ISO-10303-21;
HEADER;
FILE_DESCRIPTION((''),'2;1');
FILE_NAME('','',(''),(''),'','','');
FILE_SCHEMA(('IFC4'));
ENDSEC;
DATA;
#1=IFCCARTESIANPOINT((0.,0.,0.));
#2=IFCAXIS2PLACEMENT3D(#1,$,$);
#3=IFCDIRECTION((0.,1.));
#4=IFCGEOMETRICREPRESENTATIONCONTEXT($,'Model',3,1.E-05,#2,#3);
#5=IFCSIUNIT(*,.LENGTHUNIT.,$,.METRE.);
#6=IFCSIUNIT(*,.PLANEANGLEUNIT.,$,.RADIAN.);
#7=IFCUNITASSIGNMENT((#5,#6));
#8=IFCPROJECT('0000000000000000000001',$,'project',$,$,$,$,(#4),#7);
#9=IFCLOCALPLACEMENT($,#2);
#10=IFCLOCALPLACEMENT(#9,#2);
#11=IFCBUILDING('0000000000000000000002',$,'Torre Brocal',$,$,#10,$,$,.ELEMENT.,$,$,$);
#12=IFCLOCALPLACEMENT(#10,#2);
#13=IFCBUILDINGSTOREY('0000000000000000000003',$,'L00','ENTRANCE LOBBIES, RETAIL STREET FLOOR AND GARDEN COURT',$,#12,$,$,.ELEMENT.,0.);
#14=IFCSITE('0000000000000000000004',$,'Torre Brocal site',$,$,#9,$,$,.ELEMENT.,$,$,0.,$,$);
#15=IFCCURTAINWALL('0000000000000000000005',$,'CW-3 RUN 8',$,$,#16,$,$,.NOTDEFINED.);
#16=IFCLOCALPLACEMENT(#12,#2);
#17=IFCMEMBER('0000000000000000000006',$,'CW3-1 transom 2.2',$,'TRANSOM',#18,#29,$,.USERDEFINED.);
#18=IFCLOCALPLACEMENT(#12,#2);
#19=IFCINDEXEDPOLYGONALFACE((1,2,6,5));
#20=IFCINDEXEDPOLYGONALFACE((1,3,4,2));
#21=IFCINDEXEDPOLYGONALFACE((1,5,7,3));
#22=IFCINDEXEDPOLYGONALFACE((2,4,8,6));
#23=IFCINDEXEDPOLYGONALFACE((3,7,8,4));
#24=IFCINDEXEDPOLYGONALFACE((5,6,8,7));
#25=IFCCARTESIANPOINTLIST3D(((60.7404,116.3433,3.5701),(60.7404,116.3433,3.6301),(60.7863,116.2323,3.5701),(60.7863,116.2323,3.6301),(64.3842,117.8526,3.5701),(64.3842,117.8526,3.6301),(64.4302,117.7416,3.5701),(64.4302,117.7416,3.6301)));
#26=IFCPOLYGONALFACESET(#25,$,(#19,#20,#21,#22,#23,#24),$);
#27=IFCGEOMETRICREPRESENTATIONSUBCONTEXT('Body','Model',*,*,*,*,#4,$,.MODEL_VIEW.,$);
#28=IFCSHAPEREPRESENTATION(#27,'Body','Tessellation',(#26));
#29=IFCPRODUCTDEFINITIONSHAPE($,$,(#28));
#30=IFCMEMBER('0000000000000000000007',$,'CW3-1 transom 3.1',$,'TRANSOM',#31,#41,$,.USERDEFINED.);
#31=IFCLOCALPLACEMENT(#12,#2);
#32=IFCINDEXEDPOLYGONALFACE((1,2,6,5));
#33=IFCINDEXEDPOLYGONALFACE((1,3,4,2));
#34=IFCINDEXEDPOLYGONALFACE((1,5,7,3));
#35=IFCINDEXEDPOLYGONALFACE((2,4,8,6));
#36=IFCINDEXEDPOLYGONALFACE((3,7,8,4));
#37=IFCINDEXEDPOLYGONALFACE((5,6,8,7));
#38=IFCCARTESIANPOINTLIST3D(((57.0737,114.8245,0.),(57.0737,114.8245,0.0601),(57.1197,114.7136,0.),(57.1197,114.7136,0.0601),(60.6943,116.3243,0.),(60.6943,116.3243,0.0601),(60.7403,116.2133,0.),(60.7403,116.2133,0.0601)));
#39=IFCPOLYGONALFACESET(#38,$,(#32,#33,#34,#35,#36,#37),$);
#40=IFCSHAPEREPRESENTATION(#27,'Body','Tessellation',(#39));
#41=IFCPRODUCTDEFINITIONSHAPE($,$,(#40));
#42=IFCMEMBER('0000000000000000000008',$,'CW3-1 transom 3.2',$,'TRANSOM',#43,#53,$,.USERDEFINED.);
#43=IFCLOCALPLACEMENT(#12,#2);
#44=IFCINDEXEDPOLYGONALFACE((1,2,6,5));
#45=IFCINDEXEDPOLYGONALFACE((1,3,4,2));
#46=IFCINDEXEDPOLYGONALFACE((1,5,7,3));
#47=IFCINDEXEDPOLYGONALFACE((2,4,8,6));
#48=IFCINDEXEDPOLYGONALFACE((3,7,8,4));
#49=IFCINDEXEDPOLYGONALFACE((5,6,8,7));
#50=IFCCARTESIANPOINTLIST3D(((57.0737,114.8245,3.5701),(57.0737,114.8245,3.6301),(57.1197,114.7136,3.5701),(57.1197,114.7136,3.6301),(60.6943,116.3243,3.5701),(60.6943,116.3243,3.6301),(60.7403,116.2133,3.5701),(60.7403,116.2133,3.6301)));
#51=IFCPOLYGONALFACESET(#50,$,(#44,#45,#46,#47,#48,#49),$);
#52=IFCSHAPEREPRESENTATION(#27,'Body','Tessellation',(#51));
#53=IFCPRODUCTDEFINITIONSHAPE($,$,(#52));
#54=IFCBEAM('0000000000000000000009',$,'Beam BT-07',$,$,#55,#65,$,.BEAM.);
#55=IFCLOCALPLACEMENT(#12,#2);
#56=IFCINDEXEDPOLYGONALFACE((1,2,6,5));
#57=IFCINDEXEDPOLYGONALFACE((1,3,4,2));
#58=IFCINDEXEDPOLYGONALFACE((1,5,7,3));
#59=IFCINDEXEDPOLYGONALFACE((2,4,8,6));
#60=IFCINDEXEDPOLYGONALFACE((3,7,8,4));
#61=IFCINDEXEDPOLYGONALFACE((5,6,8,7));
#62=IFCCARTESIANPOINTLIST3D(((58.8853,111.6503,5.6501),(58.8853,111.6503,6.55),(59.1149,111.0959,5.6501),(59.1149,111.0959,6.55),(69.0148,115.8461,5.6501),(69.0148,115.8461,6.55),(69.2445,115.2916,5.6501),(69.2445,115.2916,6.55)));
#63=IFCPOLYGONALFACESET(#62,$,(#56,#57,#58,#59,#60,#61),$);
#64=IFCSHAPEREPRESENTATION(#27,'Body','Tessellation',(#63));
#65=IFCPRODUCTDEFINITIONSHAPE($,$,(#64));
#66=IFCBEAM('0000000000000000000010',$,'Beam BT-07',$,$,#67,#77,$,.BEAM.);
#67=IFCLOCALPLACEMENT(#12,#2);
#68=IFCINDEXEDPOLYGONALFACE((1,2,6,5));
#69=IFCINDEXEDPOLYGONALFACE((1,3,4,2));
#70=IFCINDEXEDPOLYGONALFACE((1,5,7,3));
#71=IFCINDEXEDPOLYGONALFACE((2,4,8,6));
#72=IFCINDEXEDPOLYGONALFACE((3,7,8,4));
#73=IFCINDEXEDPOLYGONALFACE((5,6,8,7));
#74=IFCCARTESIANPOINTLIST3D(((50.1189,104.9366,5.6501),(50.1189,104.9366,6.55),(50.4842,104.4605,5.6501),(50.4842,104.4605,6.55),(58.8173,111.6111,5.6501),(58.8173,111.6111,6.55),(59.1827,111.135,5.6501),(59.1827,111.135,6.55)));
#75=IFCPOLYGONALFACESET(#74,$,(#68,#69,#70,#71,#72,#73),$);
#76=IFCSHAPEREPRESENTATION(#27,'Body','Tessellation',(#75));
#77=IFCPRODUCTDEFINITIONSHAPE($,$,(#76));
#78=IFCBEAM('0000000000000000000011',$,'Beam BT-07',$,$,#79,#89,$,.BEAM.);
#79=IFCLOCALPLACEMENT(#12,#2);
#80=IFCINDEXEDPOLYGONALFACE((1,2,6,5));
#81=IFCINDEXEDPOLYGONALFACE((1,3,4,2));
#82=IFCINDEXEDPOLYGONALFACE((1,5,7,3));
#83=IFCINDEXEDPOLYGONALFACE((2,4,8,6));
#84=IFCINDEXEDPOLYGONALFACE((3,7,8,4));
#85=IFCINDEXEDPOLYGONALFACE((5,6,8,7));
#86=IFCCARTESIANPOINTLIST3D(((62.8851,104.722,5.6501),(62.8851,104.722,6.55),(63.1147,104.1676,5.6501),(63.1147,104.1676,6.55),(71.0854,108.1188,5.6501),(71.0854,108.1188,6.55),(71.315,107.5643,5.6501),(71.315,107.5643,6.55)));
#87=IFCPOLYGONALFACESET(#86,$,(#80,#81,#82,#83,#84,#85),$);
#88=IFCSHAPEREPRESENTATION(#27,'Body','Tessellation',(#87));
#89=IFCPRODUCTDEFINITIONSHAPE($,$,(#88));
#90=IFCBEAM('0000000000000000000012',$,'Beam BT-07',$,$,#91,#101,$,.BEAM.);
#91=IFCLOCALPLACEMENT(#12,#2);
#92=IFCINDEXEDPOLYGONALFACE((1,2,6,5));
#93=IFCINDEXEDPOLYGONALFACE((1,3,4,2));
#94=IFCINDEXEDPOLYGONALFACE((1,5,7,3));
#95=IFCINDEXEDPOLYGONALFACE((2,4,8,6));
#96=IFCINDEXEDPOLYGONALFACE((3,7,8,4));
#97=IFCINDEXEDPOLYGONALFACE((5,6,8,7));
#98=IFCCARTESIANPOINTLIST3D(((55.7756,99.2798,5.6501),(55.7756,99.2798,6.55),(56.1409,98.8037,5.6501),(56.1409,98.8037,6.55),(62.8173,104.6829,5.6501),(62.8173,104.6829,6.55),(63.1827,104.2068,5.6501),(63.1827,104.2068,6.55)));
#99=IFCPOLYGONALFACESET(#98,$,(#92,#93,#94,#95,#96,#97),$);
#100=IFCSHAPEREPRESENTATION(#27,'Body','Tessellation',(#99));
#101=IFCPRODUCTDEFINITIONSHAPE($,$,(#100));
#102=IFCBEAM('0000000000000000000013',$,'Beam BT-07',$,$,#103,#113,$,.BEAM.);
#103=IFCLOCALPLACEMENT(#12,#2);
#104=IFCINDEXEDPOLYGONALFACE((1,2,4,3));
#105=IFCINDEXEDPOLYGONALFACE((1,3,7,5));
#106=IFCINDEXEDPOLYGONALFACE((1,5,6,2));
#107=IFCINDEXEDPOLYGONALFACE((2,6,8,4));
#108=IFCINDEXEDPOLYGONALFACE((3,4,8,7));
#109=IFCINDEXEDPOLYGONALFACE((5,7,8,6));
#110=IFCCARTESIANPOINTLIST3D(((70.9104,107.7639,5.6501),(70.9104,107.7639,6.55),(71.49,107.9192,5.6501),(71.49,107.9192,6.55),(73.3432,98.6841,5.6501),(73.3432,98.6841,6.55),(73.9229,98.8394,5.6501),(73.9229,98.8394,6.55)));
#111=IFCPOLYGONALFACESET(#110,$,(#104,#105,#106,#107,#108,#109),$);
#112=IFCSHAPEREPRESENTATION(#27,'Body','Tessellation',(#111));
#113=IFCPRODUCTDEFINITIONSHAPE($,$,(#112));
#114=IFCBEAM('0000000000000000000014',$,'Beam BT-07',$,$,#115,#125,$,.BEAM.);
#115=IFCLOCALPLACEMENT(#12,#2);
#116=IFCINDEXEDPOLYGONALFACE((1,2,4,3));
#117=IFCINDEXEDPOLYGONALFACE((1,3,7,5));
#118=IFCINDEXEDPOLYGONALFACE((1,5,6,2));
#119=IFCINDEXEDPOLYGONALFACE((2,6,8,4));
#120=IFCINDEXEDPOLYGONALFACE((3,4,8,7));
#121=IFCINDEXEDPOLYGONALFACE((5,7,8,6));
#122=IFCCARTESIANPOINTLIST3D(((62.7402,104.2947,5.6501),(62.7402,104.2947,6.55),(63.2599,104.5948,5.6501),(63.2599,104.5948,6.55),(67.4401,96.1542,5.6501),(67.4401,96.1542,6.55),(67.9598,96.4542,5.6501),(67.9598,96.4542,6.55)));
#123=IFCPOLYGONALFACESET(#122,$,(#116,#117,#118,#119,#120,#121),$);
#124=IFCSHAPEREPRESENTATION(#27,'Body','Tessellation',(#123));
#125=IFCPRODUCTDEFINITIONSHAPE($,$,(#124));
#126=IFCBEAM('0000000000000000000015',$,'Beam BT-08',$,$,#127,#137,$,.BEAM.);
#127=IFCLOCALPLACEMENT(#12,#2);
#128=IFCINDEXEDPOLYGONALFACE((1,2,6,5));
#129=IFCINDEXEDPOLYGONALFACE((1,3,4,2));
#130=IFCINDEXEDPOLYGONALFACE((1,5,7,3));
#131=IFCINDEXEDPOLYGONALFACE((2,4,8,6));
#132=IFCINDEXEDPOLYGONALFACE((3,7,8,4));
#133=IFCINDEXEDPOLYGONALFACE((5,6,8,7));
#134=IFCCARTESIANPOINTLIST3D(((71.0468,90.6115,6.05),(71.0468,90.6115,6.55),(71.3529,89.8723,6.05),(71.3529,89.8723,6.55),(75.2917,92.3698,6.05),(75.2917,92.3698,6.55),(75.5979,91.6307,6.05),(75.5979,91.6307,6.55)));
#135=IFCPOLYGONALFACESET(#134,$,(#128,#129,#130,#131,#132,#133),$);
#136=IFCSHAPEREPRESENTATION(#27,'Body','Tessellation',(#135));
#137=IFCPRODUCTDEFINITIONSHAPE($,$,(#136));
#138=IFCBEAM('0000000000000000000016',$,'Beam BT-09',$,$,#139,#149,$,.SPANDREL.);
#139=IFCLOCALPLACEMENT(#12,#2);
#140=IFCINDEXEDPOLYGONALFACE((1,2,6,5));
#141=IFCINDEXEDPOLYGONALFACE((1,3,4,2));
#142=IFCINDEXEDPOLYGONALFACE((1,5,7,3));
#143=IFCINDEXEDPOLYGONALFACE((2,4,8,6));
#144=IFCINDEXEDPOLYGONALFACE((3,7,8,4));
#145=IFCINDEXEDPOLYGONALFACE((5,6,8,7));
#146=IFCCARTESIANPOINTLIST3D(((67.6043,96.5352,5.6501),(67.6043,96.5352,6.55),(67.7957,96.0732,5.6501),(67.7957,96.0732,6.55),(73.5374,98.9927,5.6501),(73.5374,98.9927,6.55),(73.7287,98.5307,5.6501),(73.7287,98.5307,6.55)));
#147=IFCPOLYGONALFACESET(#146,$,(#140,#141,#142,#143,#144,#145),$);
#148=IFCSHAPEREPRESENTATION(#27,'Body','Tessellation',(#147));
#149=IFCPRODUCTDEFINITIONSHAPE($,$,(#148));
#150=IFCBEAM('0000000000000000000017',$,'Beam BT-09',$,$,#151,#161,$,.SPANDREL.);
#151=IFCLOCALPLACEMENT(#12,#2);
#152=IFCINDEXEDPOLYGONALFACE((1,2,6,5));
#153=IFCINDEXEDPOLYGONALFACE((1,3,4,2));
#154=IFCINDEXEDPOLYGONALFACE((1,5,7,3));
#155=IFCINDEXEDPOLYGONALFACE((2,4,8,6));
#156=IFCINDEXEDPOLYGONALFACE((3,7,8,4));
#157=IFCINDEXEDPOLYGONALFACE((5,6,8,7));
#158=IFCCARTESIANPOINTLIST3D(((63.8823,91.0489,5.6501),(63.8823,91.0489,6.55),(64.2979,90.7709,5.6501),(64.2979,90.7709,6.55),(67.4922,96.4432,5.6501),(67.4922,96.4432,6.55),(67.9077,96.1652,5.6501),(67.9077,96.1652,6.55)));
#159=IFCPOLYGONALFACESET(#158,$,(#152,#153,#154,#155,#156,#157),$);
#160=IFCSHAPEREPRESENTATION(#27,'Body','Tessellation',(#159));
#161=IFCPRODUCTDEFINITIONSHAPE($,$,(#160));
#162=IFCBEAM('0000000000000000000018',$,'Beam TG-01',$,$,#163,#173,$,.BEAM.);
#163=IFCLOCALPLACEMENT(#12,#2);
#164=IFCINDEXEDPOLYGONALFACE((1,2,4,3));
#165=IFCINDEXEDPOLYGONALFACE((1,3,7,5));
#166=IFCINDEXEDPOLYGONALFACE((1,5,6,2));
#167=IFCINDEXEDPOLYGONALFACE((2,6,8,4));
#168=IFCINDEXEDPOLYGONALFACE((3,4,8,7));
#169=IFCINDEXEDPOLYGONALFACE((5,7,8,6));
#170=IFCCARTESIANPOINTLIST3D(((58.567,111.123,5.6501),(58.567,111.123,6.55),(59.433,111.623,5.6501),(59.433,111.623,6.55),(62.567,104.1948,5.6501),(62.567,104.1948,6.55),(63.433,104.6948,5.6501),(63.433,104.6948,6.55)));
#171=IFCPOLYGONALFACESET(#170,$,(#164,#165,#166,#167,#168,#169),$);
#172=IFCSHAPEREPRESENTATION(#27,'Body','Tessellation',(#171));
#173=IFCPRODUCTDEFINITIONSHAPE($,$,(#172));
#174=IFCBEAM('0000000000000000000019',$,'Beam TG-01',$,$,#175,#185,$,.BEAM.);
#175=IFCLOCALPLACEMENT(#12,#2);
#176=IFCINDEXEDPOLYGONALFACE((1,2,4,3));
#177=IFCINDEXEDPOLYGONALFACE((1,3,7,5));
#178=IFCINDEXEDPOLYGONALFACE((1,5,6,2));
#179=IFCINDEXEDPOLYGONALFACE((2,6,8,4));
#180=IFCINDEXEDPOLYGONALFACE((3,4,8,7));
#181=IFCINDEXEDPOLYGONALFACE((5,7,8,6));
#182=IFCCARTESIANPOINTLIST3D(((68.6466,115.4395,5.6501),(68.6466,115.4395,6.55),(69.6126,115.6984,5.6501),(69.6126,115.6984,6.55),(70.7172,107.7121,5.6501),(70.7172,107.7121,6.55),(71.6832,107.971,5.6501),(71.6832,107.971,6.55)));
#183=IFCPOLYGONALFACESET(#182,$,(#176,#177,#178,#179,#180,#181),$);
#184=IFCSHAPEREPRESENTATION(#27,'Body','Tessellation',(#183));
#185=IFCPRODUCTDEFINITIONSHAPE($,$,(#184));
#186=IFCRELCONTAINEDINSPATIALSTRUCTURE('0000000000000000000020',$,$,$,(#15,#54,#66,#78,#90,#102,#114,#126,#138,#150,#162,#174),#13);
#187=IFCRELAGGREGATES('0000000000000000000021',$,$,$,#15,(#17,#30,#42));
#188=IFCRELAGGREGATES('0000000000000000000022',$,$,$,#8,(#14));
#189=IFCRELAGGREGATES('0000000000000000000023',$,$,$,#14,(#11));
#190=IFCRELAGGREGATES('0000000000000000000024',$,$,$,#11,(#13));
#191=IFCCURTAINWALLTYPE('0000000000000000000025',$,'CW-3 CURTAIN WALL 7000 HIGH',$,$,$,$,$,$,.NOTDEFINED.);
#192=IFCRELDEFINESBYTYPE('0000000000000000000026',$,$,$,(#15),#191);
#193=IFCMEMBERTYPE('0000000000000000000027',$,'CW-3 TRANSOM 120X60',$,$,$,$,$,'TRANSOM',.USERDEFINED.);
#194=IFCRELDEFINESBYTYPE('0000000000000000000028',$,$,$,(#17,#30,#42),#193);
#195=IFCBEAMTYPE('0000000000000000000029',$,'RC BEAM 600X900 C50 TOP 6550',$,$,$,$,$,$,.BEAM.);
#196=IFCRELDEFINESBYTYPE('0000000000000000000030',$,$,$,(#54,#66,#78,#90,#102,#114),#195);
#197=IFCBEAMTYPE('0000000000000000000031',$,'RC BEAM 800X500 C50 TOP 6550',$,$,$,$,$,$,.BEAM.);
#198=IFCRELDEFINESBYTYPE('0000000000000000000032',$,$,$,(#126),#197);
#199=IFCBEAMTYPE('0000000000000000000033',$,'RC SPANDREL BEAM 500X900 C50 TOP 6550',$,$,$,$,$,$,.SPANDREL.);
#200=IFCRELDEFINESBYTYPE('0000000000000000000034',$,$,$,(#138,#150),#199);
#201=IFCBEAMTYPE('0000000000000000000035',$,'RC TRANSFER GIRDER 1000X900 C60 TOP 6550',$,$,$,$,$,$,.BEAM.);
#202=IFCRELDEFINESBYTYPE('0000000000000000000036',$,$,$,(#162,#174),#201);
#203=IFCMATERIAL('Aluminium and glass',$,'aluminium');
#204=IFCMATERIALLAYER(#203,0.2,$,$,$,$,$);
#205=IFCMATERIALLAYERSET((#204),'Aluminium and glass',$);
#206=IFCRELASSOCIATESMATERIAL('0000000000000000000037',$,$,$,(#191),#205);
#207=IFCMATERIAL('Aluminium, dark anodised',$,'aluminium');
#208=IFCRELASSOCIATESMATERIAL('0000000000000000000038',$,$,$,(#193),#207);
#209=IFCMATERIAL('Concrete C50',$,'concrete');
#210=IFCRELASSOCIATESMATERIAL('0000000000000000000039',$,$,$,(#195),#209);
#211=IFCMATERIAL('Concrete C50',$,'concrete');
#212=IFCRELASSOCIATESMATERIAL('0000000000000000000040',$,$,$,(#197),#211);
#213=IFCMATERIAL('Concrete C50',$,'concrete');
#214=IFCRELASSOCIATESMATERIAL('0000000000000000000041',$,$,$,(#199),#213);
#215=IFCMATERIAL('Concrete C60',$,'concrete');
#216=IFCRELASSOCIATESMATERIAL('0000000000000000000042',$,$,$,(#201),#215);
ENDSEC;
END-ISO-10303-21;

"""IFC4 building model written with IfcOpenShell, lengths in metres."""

from ifc_helpers import new_model, si_unit, direction, frame, origin, origin_2d, place, context, subcontext, project, spatial, rectangle, extrude, material, layer, layer_set, material_profile, profile_set, type_object, element, aggregate, save


model = new_model("IFC4")

# Units and contexts
model_context = context("Model", 3, precision=1e-05, world=origin(), true_north=direction((0.0, 1.0)))
body_context = subcontext(model_context, "Body", "Model", "MODEL_VIEW")
ifc_project = project(units=[si_unit("LENGTHUNIT", "METRE"), si_unit("PLANEANGLEUNIT", "RADIAN")], contexts=[model_context])

# Site, building, storey
site_placement = place(None, origin())
site = spatial("IfcSite", under=ifc_project, at=site_placement, Name="Torre Brocal site", CompositionType="ELEMENT", RefElevation=0.0)
building_placement = place(site_placement, origin())
building = spatial("IfcBuilding", under=site, at=building_placement, Name="Torre Brocal", CompositionType="ELEMENT")
storey_placement = place(building_placement, origin())
storey = spatial("IfcBuildingStorey", under=building, at=storey_placement, Name="L00", Description="ENTRANCE LOBBIES, RETAIL STREET FLOOR AND GARDEN COURT", CompositionType="ELEMENT", Elevation=0.0)

# Curtain wall
ifc_material_1 = material(Name="Aluminium and glass", Category="aluminium")
ifc_layer_1 = layer(ifc_material_1, 0.2)
ifc_layer_set_1 = layer_set([ifc_layer_1], Name="Aluminium and glass")
curtain_wall_type = type_object("IfcCurtainWallType", Name="CW-3 CURTAIN WALL 7000 HIGH", PredefinedType="NOTDEFINED", material=ifc_layer_set_1)
curtain_wall_1_placement = place(storey_placement, origin())
curtain_wall_1 = element("IfcCurtainWall", 1, at=curtain_wall_1_placement, inside=storey, type_object=curtain_wall_type, Name="CW-3 RUN 8", PredefinedType="NOTDEFINED")

# Members
ifc_material_2 = material(Name="Aluminium, dark anodised", Category="aluminium")
ifc_material_profile_1 = material_profile(ifc_material_2, rectangle(XDim=0.1201, YDim=0.0601, at=origin_2d()), Name="CW-3 TRANSOM 120X60")
ifc_profile_set_1 = profile_set([ifc_material_profile_1], Name="Aluminium, dark anodised")
member_type_1 = type_object("IfcMemberType", Name="CW-3 TRANSOM 120X60", ElementType="TRANSOM", PredefinedType="USERDEFINED", material=ifc_profile_set_1)
member_1_placement = place(storey_placement, frame((64.4072, 117.7971, 3.6001), z_axis=(-0.923883, -0.382676, 0.0), x_axis=(0.382676, -0.923883, 0.0)))
member_1 = element("IfcMember", 2, at=member_1_placement, type_object=member_type_1, Name="CW3-1 transom 2.2", ObjectType="TRANSOM", PredefinedType="USERDEFINED", context=body_context, shape_type="SweptSolid", body=[
    extrude(rectangle(XDim=0.1201, YDim=0.0601, at=origin_2d()), origin(), (0.0, 0.0, 1.0), 3.9441),
])
member_2_placement = place(storey_placement, frame((60.7173, 116.2688, 0.03), z_axis=(-0.923875, -0.382695, 0.0), x_axis=(0.382695, -0.923875, 0.0)))
member_2 = element("IfcMember", 3, at=member_2_placement, type_object=member_type_1, Name="CW3-1 transom 3.1", ObjectType="TRANSOM", PredefinedType="USERDEFINED", context=body_context, shape_type="SweptSolid", body=[
    extrude(rectangle(XDim=0.1201, YDim=0.0601, at=origin_2d()), origin(), (0.0, 0.0, 1.0), 3.9189),
])
member_3_placement = place(storey_placement, frame((60.7173, 116.2688, 3.6001), z_axis=(-0.923875, -0.382695, 0.0), x_axis=(0.382695, -0.923875, 0.0)))
member_3 = element("IfcMember", 4, at=member_3_placement, type_object=member_type_1, Name="CW3-1 transom 3.2", ObjectType="TRANSOM", PredefinedType="USERDEFINED", context=body_context, shape_type="SweptSolid", body=[
    extrude(rectangle(XDim=0.1201, YDim=0.0601, at=origin_2d()), origin(), (0.0, 0.0, 1.0), 3.9189),
])

# Beams
ifc_material_3 = material(Name="Concrete C50", Category="concrete")
ifc_material_profile_2 = material_profile(ifc_material_3, rectangle(XDim=0.6001, YDim=0.8999, at=origin_2d()), Name="RC 600X900")
ifc_profile_set_2 = profile_set([ifc_material_profile_2], Name="Concrete C50")
beam_type_1 = type_object("IfcBeamType", Name="RC BEAM 600X900 C50 TOP 6550", PredefinedType="BEAM", material=ifc_profile_set_2)
for number, where, z_axis, x_axis, name in (
    (5, (69.1296, 115.5688, 6.1001), (-0.923881, -0.382681, 0.0), (0.382681, -0.923881, 0.0), "Beam BT-07"),
    (6, (59.0, 111.373, 6.1001), (-0.793354, -0.60876, 0.0), (0.60876, -0.793354, 0.0), "Beam BT-07"),
):
    element("IfcBeam", number, at=place(storey_placement, frame(where, z_axis=z_axis, x_axis=x_axis)), inside=storey, type_object=beam_type_1, Name=name, PredefinedType="BEAM", context=body_context, shape_type="SweptSolid", body=[
        extrude(rectangle(XDim=0.6001, YDim=0.8999, at=origin_2d()), origin(), (0.0, 0.0, 1.0), 10.9641),
    ])
beam_1_placement = place(storey_placement, frame((71.2002, 107.8416, 6.1001), z_axis=(-0.923876, -0.382693, 0.0), x_axis=(0.382693, -0.923876, 0.0)))
element("IfcBeam", 7, at=beam_1_placement, inside=storey, type_object=beam_type_1, Name="Beam BT-07", PredefinedType="BEAM", context=body_context, shape_type="SweptSolid", body=[
    extrude(rectangle(XDim=0.6001, YDim=0.8999, at=origin_2d()), origin(), (0.0, 0.0, 1.0), 8.876),
])
beam_2_placement = place(storey_placement, frame((63.0, 104.4448, 6.1001), z_axis=(-0.793367, -0.608744, 0.0), x_axis=(0.608744, -0.793367, 0.0)))
element("IfcBeam", 8, at=beam_2_placement, inside=storey, type_object=beam_type_1, Name="Beam BT-07", PredefinedType="BEAM", context=body_context, shape_type="SweptSolid", body=[
    extrude(rectangle(XDim=0.6001, YDim=0.8999, at=origin_2d()), origin(), (0.0, 0.0, 1.0), 8.8757),
])
beam_3_placement = place(storey_placement, frame((73.6331, 98.7617, 6.1001), z_axis=(-0.258812, 0.965928, 0.0), x_axis=(-0.965928, -0.258812, 0.0)))
element("IfcBeam", 9, at=beam_3_placement, inside=storey, type_object=beam_type_1, Name="Beam BT-07", PredefinedType="BEAM", context=body_context, shape_type="SweptSolid", body=[
    extrude(rectangle(XDim=0.6001, YDim=0.8999, at=origin_2d()), origin(), (0.0, 0.0, 1.0), 9.4001),
])
beam_4_placement = place(storey_placement, frame((67.7, 96.3042, 6.1001), z_axis=(-0.499997, 0.866027, 0.0), x_axis=(-0.866027, -0.499997, 0.0)))
element("IfcBeam", 10, at=beam_4_placement, inside=storey, type_object=beam_type_1, Name="Beam BT-07", PredefinedType="BEAM", context=body_context, shape_type="SweptSolid", body=[
    extrude(rectangle(XDim=0.6001, YDim=0.8999, at=origin_2d()), origin(), (0.0, 0.0, 1.0), 9.3999),
])
ifc_material_4 = material(Name="Concrete C50", Category="concrete")
ifc_material_profile_3 = material_profile(ifc_material_4, rectangle(XDim=0.8, YDim=0.5, at=origin_2d()), Name="RC 800X500")
ifc_profile_set_3 = profile_set([ifc_material_profile_3], Name="Concrete C50")
beam_type_2 = type_object("IfcBeamType", Name="RC BEAM 800X500 C50 TOP 6550", PredefinedType="BEAM", material=ifc_profile_set_3)
beam_5_placement = place(storey_placement, frame((75.4448, 92.0002, 6.3), z_axis=(-0.923878, -0.382687, 0.0), x_axis=(0.382687, -0.923878, 0.0)))
element("IfcBeam", 11, at=beam_5_placement, inside=storey, type_object=beam_type_2, Name="Beam BT-08", PredefinedType="BEAM", context=body_context, shape_type="SweptSolid", body=[
    extrude(rectangle(XDim=0.8, YDim=0.5, at=origin_2d()), origin(), (0.0, 0.0, 1.0), 4.5947),
])
ifc_material_5 = material(Name="Concrete C50", Category="concrete")
ifc_material_profile_4 = material_profile(ifc_material_5, rectangle(XDim=0.5, YDim=0.8999, at=origin_2d()), Name="RC 500X900")
ifc_profile_set_4 = profile_set([ifc_material_profile_4], Name="Concrete C50")
beam_type_3 = type_object("IfcBeamType", Name="RC SPANDREL BEAM 500X900 C50 TOP 6550", PredefinedType="SPANDREL", material=ifc_profile_set_4)
beam_6_placement = place(storey_placement, frame((73.6331, 98.7617, 6.1001), z_axis=(-0.923882, -0.382676, 0.0), x_axis=(0.382676, -0.923882, 0.0)))
element("IfcBeam", 12, at=beam_6_placement, inside=storey, type_object=beam_type_3, Name="Beam BT-09", PredefinedType="SPANDREL", context=body_context, shape_type="SweptSolid", body=[
    extrude(rectangle(XDim=0.5, YDim=0.8999, at=origin_2d()), origin(), (0.0, 0.0, 1.0), 6.4219),
])
beam_7_placement = place(storey_placement, frame((67.7, 96.3042, 6.1001), z_axis=(-0.556158, -0.831077, 0.0), x_axis=(0.831077, -0.556158, 0.0)))
element("IfcBeam", 13, at=beam_7_placement, inside=storey, type_object=beam_type_3, Name="Beam BT-09", PredefinedType="SPANDREL", context=body_context, shape_type="SweptSolid", body=[
    extrude(rectangle(XDim=0.5, YDim=0.8999, at=origin_2d()), origin(), (0.0, 0.0, 1.0), 6.4907),
])
ifc_material_6 = material(Name="Concrete C60", Category="concrete")
ifc_material_profile_5 = material_profile(ifc_material_6, rectangle(XDim=1.0, YDim=0.8999, at=origin_2d()), Name="RC 1000X900")
ifc_profile_set_5 = profile_set([ifc_material_profile_5], Name="Concrete C60")
beam_type_4 = type_object("IfcBeamType", Name="RC TRANSFER GIRDER 1000X900 C60 TOP 6550", PredefinedType="BEAM", material=ifc_profile_set_5)
for number, where, z_axis, x_axis, name in (
    (14, (63.0, 104.4448, 6.1001), (-0.499999, 0.866026, 0.0), (-0.866026, -0.499999, 0.0), "Beam TG-01"),
    (15, (71.2002, 107.8416, 6.1001), (-0.258823, 0.965925, 0.0), (-0.965925, -0.258823, 0.0), "Beam TG-01"),
):
    element("IfcBeam", number, at=place(storey_placement, frame(where, z_axis=z_axis, x_axis=x_axis)), inside=storey, type_object=beam_type_4, Name=name, PredefinedType="BEAM", context=body_context, shape_type="SweptSolid", body=[
        extrude(rectangle(XDim=1.0, YDim=0.8999, at=origin_2d()), origin(), (0.0, 0.0, 1.0), 8.0),
    ])

aggregate(curtain_wall_1, [member_1, member_2, member_3])

save(model, "model.ifc")
